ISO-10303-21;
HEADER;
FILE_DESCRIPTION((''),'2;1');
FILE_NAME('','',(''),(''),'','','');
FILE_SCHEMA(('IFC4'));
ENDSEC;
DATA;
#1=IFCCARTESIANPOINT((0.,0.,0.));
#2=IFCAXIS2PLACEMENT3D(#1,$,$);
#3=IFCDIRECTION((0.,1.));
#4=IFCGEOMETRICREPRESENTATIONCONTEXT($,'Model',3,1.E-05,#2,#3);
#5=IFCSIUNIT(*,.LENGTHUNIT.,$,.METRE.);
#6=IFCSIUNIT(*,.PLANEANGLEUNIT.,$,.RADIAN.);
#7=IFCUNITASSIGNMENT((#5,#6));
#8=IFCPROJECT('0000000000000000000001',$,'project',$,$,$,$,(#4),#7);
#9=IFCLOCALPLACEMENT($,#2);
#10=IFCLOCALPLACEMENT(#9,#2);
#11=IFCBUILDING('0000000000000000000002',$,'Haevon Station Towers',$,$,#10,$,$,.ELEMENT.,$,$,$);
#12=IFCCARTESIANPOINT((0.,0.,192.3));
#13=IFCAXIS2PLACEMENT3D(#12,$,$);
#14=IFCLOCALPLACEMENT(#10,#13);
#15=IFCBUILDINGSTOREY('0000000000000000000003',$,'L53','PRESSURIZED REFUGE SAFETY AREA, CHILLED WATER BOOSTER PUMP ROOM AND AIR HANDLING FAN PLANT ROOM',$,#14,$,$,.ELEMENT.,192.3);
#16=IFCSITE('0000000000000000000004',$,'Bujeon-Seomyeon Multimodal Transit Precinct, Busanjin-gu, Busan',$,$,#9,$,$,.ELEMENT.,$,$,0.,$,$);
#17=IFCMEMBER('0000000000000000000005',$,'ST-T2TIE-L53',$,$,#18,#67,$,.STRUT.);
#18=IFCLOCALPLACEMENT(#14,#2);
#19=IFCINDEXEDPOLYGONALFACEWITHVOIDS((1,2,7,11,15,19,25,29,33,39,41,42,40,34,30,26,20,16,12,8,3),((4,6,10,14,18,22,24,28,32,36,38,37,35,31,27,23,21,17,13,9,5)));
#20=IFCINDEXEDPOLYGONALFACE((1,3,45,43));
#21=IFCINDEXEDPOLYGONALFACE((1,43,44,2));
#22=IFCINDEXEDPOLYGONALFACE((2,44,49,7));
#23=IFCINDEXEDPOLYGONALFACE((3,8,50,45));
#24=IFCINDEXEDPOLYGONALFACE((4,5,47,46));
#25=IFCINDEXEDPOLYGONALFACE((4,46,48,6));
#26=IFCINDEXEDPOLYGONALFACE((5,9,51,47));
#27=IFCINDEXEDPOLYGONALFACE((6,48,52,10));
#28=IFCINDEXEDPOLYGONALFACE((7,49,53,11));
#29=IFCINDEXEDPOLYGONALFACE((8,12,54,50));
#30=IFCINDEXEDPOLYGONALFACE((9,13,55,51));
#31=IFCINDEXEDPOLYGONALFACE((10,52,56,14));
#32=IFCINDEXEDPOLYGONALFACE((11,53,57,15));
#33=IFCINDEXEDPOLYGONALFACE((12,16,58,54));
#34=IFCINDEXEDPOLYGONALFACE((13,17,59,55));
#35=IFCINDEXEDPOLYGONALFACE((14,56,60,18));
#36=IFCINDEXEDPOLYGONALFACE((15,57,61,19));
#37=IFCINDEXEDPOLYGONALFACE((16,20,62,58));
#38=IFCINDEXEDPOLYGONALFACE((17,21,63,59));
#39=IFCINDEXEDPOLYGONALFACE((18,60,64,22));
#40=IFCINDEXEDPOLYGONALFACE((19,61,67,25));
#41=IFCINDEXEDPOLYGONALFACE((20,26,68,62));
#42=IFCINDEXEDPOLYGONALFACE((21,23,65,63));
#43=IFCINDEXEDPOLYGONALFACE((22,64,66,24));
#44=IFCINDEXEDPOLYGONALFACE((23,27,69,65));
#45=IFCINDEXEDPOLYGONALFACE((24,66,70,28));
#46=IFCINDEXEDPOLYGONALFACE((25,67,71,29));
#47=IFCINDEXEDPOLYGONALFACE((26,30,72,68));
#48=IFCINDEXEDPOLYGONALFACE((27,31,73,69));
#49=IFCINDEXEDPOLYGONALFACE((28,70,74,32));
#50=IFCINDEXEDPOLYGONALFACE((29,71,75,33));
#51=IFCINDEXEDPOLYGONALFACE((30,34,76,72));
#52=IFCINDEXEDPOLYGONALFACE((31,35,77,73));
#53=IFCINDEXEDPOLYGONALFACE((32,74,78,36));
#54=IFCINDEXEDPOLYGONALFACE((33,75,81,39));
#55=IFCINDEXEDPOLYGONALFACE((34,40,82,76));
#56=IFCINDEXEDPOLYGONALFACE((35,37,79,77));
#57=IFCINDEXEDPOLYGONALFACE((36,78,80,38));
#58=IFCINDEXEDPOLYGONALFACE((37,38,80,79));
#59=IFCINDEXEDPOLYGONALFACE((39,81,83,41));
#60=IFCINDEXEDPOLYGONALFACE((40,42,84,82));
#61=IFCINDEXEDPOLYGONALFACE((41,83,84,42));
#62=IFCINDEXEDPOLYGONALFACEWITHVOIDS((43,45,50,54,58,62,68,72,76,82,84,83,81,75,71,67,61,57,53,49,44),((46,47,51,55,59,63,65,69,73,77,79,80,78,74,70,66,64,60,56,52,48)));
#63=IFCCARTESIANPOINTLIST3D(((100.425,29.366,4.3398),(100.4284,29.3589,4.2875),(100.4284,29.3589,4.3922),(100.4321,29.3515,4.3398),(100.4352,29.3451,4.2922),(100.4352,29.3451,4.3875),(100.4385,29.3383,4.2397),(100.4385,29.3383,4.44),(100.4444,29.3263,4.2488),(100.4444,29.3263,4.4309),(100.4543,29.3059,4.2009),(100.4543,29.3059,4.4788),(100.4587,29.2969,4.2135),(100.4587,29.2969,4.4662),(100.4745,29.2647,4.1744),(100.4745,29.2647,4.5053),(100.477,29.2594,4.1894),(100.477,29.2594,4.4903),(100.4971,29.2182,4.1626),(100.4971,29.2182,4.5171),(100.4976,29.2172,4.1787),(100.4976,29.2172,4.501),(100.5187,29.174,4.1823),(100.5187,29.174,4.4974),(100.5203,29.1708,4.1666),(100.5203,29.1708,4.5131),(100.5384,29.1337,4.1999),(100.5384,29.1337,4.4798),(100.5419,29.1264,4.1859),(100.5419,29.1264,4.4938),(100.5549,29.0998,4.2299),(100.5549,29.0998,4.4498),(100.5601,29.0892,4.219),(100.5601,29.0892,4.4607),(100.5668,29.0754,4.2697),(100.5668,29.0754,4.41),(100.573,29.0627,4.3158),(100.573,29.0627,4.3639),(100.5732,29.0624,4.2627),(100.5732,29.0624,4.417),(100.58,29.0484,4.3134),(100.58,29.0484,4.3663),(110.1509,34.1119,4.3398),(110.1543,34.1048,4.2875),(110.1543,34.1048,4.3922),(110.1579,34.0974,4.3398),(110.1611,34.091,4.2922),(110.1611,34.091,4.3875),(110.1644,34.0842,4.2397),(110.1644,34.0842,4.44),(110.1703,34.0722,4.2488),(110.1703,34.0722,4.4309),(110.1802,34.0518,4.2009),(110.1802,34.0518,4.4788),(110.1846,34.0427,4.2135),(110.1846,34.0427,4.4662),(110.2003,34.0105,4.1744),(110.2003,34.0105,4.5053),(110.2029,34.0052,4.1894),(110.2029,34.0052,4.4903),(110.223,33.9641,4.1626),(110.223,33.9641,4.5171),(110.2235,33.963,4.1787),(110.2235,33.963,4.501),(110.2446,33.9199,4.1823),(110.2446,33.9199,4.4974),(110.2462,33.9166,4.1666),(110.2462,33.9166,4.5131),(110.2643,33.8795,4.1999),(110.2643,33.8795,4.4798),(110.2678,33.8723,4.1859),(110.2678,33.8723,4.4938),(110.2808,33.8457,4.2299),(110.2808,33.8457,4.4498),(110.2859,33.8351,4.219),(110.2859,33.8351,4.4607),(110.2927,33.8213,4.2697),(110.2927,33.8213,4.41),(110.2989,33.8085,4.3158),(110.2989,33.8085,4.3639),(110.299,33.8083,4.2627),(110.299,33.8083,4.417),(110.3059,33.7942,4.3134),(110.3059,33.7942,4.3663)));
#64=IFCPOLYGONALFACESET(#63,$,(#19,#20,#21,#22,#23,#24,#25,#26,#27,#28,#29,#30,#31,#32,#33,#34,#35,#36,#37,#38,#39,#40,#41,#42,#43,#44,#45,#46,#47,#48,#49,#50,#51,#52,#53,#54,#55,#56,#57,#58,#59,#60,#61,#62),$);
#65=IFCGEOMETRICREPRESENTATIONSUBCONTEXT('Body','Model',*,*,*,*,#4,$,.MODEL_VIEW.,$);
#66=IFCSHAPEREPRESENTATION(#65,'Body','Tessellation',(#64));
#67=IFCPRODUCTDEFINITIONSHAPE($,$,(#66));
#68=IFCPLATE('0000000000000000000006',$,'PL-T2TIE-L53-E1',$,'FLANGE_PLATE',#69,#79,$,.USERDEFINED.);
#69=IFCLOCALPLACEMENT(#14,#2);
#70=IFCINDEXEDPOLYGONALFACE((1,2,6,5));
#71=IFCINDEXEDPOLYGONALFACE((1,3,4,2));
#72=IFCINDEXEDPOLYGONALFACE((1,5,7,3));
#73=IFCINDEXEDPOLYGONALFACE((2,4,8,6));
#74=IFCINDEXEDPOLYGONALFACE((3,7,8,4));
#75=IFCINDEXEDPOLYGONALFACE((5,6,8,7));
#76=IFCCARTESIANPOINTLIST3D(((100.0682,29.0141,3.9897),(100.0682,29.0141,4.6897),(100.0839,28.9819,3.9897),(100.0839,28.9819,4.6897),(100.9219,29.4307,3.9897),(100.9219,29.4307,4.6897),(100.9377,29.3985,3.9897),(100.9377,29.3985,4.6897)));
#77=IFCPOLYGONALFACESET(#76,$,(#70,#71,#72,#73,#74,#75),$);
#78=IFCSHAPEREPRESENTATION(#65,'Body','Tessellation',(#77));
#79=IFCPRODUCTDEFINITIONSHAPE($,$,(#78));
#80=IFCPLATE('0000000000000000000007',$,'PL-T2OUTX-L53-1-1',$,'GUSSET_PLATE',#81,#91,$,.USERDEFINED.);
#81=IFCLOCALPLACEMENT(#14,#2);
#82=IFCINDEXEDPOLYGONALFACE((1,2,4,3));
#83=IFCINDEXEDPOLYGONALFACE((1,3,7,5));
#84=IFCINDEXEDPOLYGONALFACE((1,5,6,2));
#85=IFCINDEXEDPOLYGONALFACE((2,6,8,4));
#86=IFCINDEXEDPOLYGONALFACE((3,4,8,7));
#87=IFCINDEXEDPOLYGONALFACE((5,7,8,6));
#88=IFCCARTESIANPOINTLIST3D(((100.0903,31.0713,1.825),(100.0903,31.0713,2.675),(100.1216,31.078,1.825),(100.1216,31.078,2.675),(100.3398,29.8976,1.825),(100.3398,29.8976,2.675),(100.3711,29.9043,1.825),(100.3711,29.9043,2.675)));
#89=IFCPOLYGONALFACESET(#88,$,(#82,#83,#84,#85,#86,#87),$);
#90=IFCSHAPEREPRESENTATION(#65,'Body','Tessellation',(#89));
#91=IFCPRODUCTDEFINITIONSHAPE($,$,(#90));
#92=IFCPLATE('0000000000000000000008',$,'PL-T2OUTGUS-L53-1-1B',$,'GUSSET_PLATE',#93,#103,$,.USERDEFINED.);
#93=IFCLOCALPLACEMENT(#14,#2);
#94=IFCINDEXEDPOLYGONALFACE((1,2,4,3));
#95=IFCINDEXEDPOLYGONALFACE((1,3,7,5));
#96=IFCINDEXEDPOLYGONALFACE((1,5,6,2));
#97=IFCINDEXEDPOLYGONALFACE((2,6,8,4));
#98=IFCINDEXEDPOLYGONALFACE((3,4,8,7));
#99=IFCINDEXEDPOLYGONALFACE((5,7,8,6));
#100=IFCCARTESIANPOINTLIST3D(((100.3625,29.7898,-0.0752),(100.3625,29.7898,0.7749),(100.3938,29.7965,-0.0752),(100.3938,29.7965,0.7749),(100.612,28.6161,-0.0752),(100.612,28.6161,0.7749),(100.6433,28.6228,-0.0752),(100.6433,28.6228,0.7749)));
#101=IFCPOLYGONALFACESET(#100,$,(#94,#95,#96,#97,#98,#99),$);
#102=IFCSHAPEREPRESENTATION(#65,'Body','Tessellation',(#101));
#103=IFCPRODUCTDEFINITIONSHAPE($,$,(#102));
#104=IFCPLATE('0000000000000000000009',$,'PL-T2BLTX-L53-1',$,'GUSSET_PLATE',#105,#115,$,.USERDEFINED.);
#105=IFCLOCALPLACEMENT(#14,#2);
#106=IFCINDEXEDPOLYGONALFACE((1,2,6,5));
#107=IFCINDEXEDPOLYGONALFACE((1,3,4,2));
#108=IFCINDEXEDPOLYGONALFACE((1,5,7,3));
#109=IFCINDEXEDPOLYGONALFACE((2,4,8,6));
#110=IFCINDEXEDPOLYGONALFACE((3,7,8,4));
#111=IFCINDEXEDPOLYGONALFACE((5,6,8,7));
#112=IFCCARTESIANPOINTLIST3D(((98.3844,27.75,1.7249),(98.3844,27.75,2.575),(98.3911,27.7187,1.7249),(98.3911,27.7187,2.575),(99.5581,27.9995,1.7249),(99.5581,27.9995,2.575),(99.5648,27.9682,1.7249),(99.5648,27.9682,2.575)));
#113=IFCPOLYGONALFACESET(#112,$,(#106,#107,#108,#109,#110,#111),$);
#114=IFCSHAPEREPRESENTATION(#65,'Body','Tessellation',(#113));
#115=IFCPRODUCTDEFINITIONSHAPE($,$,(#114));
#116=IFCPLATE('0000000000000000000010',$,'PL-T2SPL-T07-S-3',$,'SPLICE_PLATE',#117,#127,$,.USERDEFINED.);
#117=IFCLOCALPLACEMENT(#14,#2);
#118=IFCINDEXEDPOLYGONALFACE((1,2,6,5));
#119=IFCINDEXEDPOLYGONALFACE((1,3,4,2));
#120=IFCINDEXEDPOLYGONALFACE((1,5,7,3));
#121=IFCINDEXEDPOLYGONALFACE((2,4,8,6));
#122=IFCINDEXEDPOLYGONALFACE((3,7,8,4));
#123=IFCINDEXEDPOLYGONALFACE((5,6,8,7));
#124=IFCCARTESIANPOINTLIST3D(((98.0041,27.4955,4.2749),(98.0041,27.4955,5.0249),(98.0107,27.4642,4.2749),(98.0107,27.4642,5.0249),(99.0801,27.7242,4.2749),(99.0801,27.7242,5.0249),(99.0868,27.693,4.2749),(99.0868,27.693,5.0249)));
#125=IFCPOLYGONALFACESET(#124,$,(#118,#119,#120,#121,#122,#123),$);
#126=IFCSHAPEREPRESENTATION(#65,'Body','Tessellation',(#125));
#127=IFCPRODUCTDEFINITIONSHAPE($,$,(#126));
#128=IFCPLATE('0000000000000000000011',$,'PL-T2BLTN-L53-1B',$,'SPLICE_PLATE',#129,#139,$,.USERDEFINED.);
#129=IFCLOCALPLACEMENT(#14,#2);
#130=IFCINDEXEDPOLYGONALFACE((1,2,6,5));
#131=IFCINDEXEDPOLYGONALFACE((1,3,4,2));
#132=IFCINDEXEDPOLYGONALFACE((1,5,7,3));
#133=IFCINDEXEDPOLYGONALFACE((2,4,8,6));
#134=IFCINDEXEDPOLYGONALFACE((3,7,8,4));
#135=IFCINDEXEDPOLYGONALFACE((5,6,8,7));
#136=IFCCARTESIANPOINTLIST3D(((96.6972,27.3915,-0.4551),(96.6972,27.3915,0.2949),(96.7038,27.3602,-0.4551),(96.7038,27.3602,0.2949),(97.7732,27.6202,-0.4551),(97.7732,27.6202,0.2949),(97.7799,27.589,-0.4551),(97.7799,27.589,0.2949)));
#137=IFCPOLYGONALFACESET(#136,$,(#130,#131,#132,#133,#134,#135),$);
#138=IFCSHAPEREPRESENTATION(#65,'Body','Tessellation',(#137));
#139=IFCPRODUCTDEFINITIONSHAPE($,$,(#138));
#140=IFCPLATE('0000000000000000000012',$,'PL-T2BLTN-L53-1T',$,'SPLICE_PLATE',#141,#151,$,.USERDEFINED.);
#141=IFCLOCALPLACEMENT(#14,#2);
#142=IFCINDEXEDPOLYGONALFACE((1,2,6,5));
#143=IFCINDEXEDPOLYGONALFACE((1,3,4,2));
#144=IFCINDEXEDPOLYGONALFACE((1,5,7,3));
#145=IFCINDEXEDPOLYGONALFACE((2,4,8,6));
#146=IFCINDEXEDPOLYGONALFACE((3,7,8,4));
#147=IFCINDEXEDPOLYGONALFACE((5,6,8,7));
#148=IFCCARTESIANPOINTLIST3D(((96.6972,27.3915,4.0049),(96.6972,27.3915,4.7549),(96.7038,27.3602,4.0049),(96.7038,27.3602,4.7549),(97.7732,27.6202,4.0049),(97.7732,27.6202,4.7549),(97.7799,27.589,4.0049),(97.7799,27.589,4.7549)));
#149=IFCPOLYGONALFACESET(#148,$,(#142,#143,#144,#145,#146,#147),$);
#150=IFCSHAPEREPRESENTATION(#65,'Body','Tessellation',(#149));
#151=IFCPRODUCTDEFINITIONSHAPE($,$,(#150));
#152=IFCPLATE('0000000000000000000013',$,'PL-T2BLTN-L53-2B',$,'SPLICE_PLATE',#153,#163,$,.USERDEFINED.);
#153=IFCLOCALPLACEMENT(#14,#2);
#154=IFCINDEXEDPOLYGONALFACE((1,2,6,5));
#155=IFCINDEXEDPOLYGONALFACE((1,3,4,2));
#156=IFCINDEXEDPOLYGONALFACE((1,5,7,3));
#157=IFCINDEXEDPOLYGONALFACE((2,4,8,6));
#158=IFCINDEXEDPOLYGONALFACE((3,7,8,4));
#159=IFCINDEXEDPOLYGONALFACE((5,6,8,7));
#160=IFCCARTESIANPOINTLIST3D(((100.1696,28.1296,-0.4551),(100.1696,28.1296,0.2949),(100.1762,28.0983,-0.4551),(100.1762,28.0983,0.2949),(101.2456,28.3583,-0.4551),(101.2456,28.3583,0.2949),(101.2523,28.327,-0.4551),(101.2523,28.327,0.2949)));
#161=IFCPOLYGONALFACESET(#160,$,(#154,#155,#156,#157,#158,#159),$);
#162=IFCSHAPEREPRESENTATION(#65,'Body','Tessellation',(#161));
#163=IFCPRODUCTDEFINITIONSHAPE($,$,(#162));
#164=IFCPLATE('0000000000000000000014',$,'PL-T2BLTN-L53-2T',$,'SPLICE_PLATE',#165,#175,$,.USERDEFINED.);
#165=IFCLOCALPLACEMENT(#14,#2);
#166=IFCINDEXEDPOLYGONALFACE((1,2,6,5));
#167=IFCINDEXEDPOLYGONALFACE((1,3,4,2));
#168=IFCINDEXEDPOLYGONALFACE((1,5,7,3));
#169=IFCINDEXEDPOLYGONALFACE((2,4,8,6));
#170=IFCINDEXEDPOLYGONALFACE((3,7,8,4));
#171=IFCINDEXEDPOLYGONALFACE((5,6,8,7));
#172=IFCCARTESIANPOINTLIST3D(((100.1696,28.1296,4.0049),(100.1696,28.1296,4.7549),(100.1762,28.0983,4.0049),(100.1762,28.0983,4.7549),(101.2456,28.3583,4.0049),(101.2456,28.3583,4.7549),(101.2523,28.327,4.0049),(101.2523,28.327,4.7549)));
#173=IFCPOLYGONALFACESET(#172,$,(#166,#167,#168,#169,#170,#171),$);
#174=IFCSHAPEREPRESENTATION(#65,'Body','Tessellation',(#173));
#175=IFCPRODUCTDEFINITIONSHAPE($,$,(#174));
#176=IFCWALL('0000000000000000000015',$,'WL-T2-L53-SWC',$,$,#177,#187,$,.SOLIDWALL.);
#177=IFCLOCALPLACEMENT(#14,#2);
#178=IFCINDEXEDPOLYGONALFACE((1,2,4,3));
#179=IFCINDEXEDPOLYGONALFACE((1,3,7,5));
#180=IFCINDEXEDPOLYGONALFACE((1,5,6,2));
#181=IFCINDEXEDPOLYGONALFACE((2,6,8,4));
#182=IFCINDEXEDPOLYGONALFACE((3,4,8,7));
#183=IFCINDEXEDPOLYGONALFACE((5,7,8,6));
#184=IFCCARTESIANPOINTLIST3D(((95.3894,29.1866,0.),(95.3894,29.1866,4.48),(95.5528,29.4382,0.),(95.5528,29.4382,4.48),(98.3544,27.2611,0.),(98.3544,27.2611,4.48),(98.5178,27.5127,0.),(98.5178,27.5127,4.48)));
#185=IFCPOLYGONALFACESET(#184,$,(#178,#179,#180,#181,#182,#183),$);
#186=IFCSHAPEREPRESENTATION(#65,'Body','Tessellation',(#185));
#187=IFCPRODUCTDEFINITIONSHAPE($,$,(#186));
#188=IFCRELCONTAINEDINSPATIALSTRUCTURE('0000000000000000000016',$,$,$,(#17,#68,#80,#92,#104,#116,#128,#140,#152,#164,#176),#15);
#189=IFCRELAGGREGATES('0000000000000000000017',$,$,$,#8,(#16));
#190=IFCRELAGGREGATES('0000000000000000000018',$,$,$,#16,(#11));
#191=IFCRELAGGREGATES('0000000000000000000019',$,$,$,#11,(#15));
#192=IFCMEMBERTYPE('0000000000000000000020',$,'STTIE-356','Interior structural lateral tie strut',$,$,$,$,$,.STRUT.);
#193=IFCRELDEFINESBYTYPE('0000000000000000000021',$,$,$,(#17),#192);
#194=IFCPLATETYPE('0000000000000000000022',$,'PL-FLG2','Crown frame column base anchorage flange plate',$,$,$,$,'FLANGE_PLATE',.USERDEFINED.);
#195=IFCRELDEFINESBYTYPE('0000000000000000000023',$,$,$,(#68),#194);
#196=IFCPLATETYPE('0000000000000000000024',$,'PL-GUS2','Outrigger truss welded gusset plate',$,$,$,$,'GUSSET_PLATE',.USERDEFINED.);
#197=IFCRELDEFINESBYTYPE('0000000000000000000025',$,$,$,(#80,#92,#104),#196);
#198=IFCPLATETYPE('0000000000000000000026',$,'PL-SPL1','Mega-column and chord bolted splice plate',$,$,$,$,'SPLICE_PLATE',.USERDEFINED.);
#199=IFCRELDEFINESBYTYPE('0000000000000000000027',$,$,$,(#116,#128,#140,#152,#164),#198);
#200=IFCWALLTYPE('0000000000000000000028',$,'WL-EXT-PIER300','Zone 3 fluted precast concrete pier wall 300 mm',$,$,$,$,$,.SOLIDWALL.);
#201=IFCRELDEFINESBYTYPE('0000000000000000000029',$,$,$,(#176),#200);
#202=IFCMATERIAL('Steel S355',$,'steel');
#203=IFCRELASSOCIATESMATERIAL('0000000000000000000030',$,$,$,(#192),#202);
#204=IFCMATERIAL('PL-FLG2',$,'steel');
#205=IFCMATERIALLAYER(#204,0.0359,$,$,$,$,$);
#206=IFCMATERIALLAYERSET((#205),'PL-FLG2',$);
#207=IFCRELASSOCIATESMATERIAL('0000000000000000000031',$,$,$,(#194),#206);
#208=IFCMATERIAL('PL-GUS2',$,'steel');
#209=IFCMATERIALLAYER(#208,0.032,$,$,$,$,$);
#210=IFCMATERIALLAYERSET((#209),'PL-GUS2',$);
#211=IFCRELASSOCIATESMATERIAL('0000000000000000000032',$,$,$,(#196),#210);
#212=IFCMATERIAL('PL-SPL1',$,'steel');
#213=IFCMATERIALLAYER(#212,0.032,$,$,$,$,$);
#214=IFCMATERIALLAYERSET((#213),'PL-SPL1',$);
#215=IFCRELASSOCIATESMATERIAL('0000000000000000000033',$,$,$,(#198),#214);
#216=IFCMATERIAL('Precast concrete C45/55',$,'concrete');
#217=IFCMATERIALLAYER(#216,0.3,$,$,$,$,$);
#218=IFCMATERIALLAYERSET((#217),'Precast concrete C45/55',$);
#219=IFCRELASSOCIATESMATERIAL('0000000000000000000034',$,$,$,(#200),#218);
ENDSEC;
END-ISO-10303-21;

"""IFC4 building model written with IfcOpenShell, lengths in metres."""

from ifc_helpers import new_model, si_unit, direction, frame, frame_2d, origin, origin_2d, place, context, subcontext, project, spatial, rectangle, hollow_circle, extrude, material, layer, layer_set, material_profile, profile_set, type_object, element, save


model = new_model("IFC4")

# Units and contexts
model_context = context("Model", 3, precision=1e-05, world=origin(), true_north=direction((0.0, 1.0)))
body_context = subcontext(model_context, "Body", "Model", "MODEL_VIEW")
ifc_project = project(units=[si_unit("LENGTHUNIT", "METRE"), si_unit("PLANEANGLEUNIT", "RADIAN")], contexts=[model_context])

# Site, building, storey
site_placement = place(None, origin())
site = spatial("IfcSite", under=ifc_project, at=site_placement, Name="Bujeon-Seomyeon Multimodal Transit Precinct, Busanjin-gu, Busan", CompositionType="ELEMENT", RefElevation=0.0)
building_placement = place(site_placement, origin())
building = spatial("IfcBuilding", under=site, at=building_placement, Name="Haevon Station Towers", CompositionType="ELEMENT")
storey_placement = place(building_placement, frame((0.0, 0.0, 192.3)))
storey = spatial("IfcBuildingStorey", under=building, at=storey_placement, Name="L53", Description="PRESSURIZED REFUGE SAFETY AREA, CHILLED WATER BOOSTER PUMP ROOM AND AIR HANDLING FAN PLANT ROOM", CompositionType="ELEMENT", Elevation=192.3)

# Shared definitions
ifc_material_1 = material(Name="Steel S355", Category="steel")

# Member
ifc_material_profile_1 = material_profile(ifc_material_1, hollow_circle(Radius=0.1777, WallThickness=0.0161, at=origin_2d()), Name="CHS-355.6x16")
ifc_profile_set_1 = profile_set([ifc_material_profile_1], Name="Steel S355")
member_type_1 = type_object("IfcMemberType", Name="STTIE-356", Description="Interior structural lateral tie strut", PredefinedType="STRUT", material=ifc_profile_set_1)
member_1_placement = place(storey_placement, frame((100.5029, 29.2063, 4.3398), z_axis=(0.898712, 0.438539, 0.0), x_axis=(-0.438539, 0.898712, 0.0)))
element("IfcMember", 1, at=member_1_placement, inside=storey, type_object=member_type_1, Name="ST-T2TIE-L53", PredefinedType="STRUT", context=body_context, shape_type="SweptSolid", body=[
    extrude(hollow_circle(Radius=0.1777, WallThickness=0.0161, at=origin_2d()), origin(), (0.0, 0.0, 1.0), 10.822),
])

# Plates
ifc_material_2 = material(Name="PL-FLG2", Category="steel")
ifc_layer_1 = layer(ifc_material_2, 0.0359)
ifc_layer_set_1 = layer_set([ifc_layer_1], Name="PL-FLG2")
plate_type_1 = type_object("IfcPlateType", Name="PL-FLG2", Description="Crown frame column base anchorage flange plate", ElementType="FLANGE_PLATE", PredefinedType="USERDEFINED", material=ifc_layer_set_1)
plate_placement = place(storey_placement, frame((100.5029, 29.2063, 3.9897), z_axis=(0.0, 0.0, 1.0), x_axis=(0.898713, 0.438537, 0.0)))
element("IfcPlate", 2, at=plate_placement, inside=storey, type_object=plate_type_1, Name="PL-T2TIE-L53-E1", ObjectType="FLANGE_PLATE", PredefinedType="USERDEFINED", context=body_context, shape_type="SweptSolid", body=[
    extrude(rectangle(XDim=0.95, YDim=0.0359, at=origin_2d()), origin(), (0.0, 0.0, 1.0), 0.7),
])
ifc_material_3 = material(Name="PL-GUS2", Category="steel")
ifc_layer_2 = layer(ifc_material_3, 0.032)
ifc_layer_set_2 = layer_set([ifc_layer_2], Name="PL-GUS2")
plate_type_2 = type_object("IfcPlateType", Name="PL-GUS2", Description="Outrigger truss welded gusset plate", ElementType="GUSSET_PLATE", PredefinedType="USERDEFINED", material=ifc_layer_set_2)
for number, where, z_axis, x_axis, name in (
    (3, (100.2307, 30.4878, 1.825), (0.0, 0.0, 1.0), (-0.207912, 0.978148, 0.0), "PL-T2OUTX-L53-1-1"),
    (4, (100.5029, 29.2063, -0.0752), (0.0, 0.0, 1.0), (-0.207912, 0.978148, 0.0), "PL-T2OUTGUS-L53-1-1B"),
    (5, (98.9746, 27.8591, 1.7249), (0.0, 0.0, 1.0), (0.978148, 0.207912, 0.0), "PL-T2BLTX-L53-1"),
):
    element("IfcPlate", number, at=place(storey_placement, frame(where, z_axis=z_axis, x_axis=x_axis)), inside=storey, type_object=plate_type_2, Name=name, ObjectType="GUSSET_PLATE", PredefinedType="USERDEFINED", context=body_context, shape_type="SweptSolid", body=[
        extrude(rectangle(XDim=1.2, YDim=0.032, at=origin_2d()), origin(), (0.0, 0.0, 1.0), 0.8501),
    ])
ifc_material_4 = material(Name="PL-SPL1", Category="steel")
ifc_layer_3 = layer(ifc_material_4, 0.032)
ifc_layer_set_3 = layer_set([ifc_layer_3], Name="PL-SPL1")
plate_type_3 = type_object("IfcPlateType", Name="PL-SPL1", Description="Mega-column and chord bolted splice plate", ElementType="SPLICE_PLATE", PredefinedType="USERDEFINED", material=ifc_layer_set_3)
for number, where, z_axis, x_axis, name in (
    (6, (98.5454, 27.5942, 4.2749), (0.0, 0.0, 1.0), (0.978148, 0.207912, 0.0), "PL-T2SPL-T07-S-3"),
    (7, (97.2385, 27.4902, -0.4551), (0.0, 0.0, 1.0), (0.978148, 0.207912, 0.0), "PL-T2BLTN-L53-1B"),
    (8, (97.2385, 27.4902, 4.0049), (0.0, 0.0, 1.0), (0.978148, 0.207912, 0.0), "PL-T2BLTN-L53-1T"),
    (9, (100.7109, 28.2283, -0.4551), (0.0, 0.0, 1.0), (0.978148, 0.207912, 0.0), "PL-T2BLTN-L53-2B"),
    (10, (100.7109, 28.2283, 4.0049), (0.0, 0.0, 1.0), (0.978148, 0.207912, 0.0), "PL-T2BLTN-L53-2T"),
):
    element("IfcPlate", number, at=place(storey_placement, frame(where, z_axis=z_axis, x_axis=x_axis)), inside=storey, type_object=plate_type_3, Name=name, ObjectType="SPLICE_PLATE", PredefinedType="USERDEFINED", context=body_context, shape_type="SweptSolid", body=[
        extrude(rectangle(XDim=1.1001, YDim=0.032, at=origin_2d()), origin(), (0.0, 0.0, 1.0), 0.75),
    ])

# Wall
ifc_material_5 = material(Name="Precast concrete C45/55", Category="concrete")
ifc_layer_4 = layer(ifc_material_5, 0.3)
ifc_layer_set_4 = layer_set([ifc_layer_4], Name="Precast concrete C45/55")
wall_type = type_object("IfcWallType", Name="WL-EXT-PIER300", Description="Zone 3 fluted precast concrete pier wall 300 mm", PredefinedType="SOLIDWALL", material=ifc_layer_set_4)
wall_placement = place(storey_placement, frame((98.436, 27.387, 0.0), z_axis=(0.0, 0.0, 1.0), x_axis=(-0.838672, 0.544636, 0.0)))
element("IfcWall", 11, at=wall_placement, inside=storey, type_object=wall_type, Name="WL-T2-L53-SWC", PredefinedType="SOLIDWALL", context=body_context, shape_type="SweptSolid", body=[
    extrude(rectangle(XDim=3.5354, YDim=0.3, at=frame_2d((1.7676, 0.0))), origin(), (0.0, 0.0, 1.0), 4.48),
])

save(model, "model.ifc")
